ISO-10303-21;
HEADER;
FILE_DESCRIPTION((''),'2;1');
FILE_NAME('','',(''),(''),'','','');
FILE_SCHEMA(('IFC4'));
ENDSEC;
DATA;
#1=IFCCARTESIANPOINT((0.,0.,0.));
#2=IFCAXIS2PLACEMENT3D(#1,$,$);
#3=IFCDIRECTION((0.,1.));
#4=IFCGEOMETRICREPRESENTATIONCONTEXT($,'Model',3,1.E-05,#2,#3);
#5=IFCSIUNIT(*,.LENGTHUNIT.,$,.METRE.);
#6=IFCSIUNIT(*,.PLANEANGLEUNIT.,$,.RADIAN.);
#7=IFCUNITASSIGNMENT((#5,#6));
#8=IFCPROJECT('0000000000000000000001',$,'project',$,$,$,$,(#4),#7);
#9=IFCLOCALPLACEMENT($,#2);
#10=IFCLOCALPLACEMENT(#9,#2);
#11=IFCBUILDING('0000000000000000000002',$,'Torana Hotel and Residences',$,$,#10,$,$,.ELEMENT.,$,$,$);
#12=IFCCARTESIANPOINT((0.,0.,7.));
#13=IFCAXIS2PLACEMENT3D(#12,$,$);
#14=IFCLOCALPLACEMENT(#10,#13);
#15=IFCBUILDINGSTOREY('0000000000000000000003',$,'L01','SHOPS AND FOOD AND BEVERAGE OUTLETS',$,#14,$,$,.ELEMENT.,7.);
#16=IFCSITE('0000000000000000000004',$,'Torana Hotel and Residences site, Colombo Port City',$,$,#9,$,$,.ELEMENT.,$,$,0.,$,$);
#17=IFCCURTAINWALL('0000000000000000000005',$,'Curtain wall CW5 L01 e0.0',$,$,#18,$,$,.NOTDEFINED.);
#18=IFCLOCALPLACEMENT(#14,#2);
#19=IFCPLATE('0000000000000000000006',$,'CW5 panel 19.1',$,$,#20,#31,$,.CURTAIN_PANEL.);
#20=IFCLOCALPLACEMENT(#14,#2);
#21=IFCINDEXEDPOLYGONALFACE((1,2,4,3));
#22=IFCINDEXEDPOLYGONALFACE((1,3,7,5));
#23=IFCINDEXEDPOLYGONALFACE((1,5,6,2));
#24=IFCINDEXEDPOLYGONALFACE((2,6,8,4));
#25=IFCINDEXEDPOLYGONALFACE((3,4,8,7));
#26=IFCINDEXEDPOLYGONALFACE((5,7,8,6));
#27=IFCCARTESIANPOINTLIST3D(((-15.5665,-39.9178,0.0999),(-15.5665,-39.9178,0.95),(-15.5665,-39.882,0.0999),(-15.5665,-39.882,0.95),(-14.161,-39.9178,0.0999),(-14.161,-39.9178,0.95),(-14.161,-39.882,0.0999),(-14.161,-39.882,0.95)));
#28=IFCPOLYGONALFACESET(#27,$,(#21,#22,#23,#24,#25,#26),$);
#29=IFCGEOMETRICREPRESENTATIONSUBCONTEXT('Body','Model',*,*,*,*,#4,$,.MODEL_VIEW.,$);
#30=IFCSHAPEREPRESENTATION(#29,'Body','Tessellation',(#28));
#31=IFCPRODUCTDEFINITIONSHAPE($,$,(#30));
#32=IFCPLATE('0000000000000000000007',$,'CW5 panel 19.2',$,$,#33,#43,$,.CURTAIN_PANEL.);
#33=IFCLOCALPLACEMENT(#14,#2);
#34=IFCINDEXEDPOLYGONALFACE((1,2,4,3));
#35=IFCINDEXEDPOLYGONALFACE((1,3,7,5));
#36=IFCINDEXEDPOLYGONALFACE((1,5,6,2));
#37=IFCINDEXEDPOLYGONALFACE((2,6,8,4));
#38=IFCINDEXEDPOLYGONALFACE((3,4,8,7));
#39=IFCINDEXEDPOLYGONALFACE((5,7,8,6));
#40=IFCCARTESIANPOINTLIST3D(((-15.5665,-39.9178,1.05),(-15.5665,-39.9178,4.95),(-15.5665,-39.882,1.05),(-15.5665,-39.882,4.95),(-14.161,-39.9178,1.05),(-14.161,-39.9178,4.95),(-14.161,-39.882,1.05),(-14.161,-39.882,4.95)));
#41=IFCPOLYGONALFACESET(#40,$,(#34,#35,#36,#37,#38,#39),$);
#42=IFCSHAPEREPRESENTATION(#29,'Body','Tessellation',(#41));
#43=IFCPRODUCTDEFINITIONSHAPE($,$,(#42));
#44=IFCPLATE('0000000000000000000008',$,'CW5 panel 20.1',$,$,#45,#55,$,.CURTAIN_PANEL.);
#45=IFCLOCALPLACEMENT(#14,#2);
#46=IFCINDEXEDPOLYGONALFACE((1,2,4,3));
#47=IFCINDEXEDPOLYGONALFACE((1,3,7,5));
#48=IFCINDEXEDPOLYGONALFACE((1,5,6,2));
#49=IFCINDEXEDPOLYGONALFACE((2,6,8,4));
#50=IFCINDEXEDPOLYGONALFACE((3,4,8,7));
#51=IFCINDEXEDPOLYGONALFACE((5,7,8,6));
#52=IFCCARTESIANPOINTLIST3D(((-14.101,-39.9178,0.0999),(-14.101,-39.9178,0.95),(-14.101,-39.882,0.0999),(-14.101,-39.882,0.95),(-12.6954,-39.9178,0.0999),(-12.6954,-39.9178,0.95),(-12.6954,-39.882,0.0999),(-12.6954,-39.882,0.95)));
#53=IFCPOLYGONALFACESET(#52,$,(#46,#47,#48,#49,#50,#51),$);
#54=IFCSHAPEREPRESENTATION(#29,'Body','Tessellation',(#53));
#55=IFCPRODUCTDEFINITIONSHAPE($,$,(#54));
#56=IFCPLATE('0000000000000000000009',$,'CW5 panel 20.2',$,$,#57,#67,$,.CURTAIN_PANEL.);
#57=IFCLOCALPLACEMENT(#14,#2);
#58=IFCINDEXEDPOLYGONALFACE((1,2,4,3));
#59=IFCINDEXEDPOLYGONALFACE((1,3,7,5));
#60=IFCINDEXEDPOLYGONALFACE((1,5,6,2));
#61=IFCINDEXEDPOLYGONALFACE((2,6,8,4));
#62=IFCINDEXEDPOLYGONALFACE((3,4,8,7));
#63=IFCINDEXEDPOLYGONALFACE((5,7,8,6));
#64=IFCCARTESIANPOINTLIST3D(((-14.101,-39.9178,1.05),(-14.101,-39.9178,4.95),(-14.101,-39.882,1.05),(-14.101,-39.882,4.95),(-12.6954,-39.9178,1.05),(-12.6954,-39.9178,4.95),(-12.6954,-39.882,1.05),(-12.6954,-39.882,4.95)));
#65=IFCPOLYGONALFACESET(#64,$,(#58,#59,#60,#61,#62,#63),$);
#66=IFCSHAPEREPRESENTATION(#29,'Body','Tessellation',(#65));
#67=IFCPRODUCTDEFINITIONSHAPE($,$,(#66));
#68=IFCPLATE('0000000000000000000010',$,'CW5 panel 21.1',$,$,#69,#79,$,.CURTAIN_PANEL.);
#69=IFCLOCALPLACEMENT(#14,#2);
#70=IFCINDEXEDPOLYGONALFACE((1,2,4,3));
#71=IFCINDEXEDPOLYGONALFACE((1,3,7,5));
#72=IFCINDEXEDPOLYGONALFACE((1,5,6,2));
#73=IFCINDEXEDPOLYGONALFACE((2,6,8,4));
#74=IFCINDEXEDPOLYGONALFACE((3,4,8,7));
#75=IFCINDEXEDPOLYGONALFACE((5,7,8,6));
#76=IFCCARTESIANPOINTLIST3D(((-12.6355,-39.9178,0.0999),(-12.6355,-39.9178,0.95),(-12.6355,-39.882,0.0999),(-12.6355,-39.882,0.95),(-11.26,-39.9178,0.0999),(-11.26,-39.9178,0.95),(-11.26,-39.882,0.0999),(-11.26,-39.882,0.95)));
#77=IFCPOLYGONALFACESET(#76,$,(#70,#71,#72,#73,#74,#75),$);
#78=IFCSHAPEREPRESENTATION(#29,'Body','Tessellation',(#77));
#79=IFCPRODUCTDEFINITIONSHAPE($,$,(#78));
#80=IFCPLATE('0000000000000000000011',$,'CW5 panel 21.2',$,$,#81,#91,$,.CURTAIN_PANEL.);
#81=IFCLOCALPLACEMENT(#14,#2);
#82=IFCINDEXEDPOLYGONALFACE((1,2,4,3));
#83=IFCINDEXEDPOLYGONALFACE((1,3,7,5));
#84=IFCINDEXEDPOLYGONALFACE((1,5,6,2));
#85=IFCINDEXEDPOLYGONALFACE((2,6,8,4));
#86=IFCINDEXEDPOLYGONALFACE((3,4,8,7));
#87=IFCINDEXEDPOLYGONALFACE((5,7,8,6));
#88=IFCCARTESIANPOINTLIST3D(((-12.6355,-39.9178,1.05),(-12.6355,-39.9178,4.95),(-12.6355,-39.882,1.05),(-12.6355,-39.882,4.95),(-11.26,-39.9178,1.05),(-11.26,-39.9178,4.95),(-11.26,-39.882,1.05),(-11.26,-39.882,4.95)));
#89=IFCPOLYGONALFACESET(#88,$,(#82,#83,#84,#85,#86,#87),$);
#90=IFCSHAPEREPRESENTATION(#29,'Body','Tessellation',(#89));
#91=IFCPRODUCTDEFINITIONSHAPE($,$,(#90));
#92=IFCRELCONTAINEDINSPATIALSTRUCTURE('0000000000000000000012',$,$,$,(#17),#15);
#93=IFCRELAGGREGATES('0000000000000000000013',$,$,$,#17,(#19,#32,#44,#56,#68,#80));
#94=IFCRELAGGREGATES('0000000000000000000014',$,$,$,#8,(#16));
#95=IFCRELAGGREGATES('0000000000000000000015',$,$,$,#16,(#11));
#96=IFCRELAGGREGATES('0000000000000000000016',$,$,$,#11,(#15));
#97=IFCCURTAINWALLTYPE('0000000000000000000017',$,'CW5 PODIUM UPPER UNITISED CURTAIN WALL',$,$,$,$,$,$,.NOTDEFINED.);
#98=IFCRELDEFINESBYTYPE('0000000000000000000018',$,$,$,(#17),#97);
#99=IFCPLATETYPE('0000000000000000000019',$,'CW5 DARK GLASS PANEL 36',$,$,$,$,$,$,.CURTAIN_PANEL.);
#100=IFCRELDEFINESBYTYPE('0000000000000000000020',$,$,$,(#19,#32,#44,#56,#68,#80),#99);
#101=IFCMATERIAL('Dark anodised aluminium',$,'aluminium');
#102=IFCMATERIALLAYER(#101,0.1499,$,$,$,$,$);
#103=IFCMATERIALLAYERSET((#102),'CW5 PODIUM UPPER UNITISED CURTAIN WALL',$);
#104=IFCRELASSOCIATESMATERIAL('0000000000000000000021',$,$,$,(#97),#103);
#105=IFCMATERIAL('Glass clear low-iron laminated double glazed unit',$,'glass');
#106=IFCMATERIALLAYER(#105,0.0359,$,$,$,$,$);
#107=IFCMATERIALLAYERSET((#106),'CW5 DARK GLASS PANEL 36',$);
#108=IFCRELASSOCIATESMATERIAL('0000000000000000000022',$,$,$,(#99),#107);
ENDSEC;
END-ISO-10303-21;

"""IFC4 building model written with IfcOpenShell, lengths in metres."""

from ifc_helpers import new_model, si_unit, direction, frame, origin, origin_2d, place, context, subcontext, project, spatial, rectangle, extrude, material, layer, layer_set, type_object, element, aggregate, save


model = new_model("IFC4")

# Units and contexts
model_context = context("Model", 3, precision=1e-05, world=origin(), true_north=direction((0.0, 1.0)))
body_context = subcontext(model_context, "Body", "Model", "MODEL_VIEW")
ifc_project = project(units=[si_unit("LENGTHUNIT", "METRE"), si_unit("PLANEANGLEUNIT", "RADIAN")], contexts=[model_context])

# Site, building, storey
site_placement = place(None, origin())
site = spatial("IfcSite", under=ifc_project, at=site_placement, Name="Torana Hotel and Residences site, Colombo Port City", CompositionType="ELEMENT", RefElevation=0.0)
building_placement = place(site_placement, origin())
building = spatial("IfcBuilding", under=site, at=building_placement, Name="Torana Hotel and Residences", CompositionType="ELEMENT")
storey_placement = place(building_placement, frame((0.0, 0.0, 7.0)))
storey = spatial("IfcBuildingStorey", under=building, at=storey_placement, Name="L01", Description="SHOPS AND FOOD AND BEVERAGE OUTLETS", CompositionType="ELEMENT", Elevation=7.0)

# Curtain wall, plates
ifc_material_1 = material(Name="Dark anodised aluminium", Category="aluminium")
ifc_layer_1 = layer(ifc_material_1, 0.1499)
ifc_layer_set_1 = layer_set([ifc_layer_1], Name="CW5 PODIUM UPPER UNITISED CURTAIN WALL")
curtain_wall_type = type_object("IfcCurtainWallType", Name="CW5 PODIUM UPPER UNITISED CURTAIN WALL", PredefinedType="NOTDEFINED", material=ifc_layer_set_1)
curtain_wall_placement = place(storey_placement, origin())
curtain_wall = element("IfcCurtainWall", 1, at=curtain_wall_placement, inside=storey, type_object=curtain_wall_type, Name="Curtain wall CW5 L01 e0.0", PredefinedType="NOTDEFINED")
ifc_material_2 = material(Name="Glass clear low-iron laminated double glazed unit", Category="glass")
ifc_layer_2 = layer(ifc_material_2, 0.0359)
ifc_layer_set_2 = layer_set([ifc_layer_2], Name="CW5 DARK GLASS PANEL 36")
plate_type = type_object("IfcPlateType", Name="CW5 DARK GLASS PANEL 36", PredefinedType="CURTAIN_PANEL", material=ifc_layer_set_2)
plate_1_placement = place(storey_placement, frame((-14.8638, -39.8999, 0.0999), z_axis=(0.0, 0.0, 1.0), x_axis=(1.0, 0.0, 0.0)))
plate_1 = element("IfcPlate", 2, at=plate_1_placement, type_object=plate_type, Name="CW5 panel 19.1", PredefinedType="CURTAIN_PANEL", context=body_context, shape_type="SweptSolid", body=[
    extrude(rectangle(XDim=1.4055, YDim=0.0359, at=origin_2d()), origin(), (0.0, 0.0, 1.0), 0.8501),
])
plate_2_placement = place(storey_placement, frame((-14.8638, -39.8999, 1.05), z_axis=(0.0, 0.0, 1.0), x_axis=(1.0, 0.0, 0.0)))
plate_2 = element("IfcPlate", 3, at=plate_2_placement, type_object=plate_type, Name="CW5 panel 19.2", PredefinedType="CURTAIN_PANEL", context=body_context, shape_type="SweptSolid", body=[
    extrude(rectangle(XDim=1.4055, YDim=0.0359, at=origin_2d()), origin(), (0.0, 0.0, 1.0), 3.8999),
])
plate_3_placement = place(storey_placement, frame((-13.3982, -39.8999, 0.0999), z_axis=(0.0, 0.0, 1.0), x_axis=(1.0, 0.0, 0.0)))
plate_3 = element("IfcPlate", 4, at=plate_3_placement, type_object=plate_type, Name="CW5 panel 20.1", PredefinedType="CURTAIN_PANEL", context=body_context, shape_type="SweptSolid", body=[
    extrude(rectangle(XDim=1.4055, YDim=0.0359, at=origin_2d()), origin(), (0.0, 0.0, 1.0), 0.8501),
])
plate_4_placement = place(storey_placement, frame((-13.3982, -39.8999, 1.05), z_axis=(0.0, 0.0, 1.0), x_axis=(1.0, 0.0, 0.0)))
plate_4 = element("IfcPlate", 5, at=plate_4_placement, type_object=plate_type, Name="CW5 panel 20.2", PredefinedType="CURTAIN_PANEL", context=body_context, shape_type="SweptSolid", body=[
    extrude(rectangle(XDim=1.4055, YDim=0.0359, at=origin_2d()), origin(), (0.0, 0.0, 1.0), 3.8999),
])
plate_5_placement = place(storey_placement, frame((-11.9478, -39.8999, 0.0999), z_axis=(0.0, 0.0, 1.0), x_axis=(1.0, 0.0, 0.0)))
plate_5 = element("IfcPlate", 6, at=plate_5_placement, type_object=plate_type, Name="CW5 panel 21.1", PredefinedType="CURTAIN_PANEL", context=body_context, shape_type="SweptSolid", body=[
    extrude(rectangle(XDim=1.3755, YDim=0.0359, at=origin_2d()), origin(), (0.0, 0.0, 1.0), 0.8501),
])
plate_6_placement = place(storey_placement, frame((-11.9478, -39.8999, 1.05), z_axis=(0.0, 0.0, 1.0), x_axis=(1.0, 0.0, 0.0)))
plate_6 = element("IfcPlate", 7, at=plate_6_placement, type_object=plate_type, Name="CW5 panel 21.2", PredefinedType="CURTAIN_PANEL", context=body_context, shape_type="SweptSolid", body=[
    extrude(rectangle(XDim=1.3755, YDim=0.0359, at=origin_2d()), origin(), (0.0, 0.0, 1.0), 3.8999),
])
aggregate(curtain_wall, [plate_1, plate_2, plate_3, plate_4, plate_5, plate_6])

save(model, "model.ifc")
